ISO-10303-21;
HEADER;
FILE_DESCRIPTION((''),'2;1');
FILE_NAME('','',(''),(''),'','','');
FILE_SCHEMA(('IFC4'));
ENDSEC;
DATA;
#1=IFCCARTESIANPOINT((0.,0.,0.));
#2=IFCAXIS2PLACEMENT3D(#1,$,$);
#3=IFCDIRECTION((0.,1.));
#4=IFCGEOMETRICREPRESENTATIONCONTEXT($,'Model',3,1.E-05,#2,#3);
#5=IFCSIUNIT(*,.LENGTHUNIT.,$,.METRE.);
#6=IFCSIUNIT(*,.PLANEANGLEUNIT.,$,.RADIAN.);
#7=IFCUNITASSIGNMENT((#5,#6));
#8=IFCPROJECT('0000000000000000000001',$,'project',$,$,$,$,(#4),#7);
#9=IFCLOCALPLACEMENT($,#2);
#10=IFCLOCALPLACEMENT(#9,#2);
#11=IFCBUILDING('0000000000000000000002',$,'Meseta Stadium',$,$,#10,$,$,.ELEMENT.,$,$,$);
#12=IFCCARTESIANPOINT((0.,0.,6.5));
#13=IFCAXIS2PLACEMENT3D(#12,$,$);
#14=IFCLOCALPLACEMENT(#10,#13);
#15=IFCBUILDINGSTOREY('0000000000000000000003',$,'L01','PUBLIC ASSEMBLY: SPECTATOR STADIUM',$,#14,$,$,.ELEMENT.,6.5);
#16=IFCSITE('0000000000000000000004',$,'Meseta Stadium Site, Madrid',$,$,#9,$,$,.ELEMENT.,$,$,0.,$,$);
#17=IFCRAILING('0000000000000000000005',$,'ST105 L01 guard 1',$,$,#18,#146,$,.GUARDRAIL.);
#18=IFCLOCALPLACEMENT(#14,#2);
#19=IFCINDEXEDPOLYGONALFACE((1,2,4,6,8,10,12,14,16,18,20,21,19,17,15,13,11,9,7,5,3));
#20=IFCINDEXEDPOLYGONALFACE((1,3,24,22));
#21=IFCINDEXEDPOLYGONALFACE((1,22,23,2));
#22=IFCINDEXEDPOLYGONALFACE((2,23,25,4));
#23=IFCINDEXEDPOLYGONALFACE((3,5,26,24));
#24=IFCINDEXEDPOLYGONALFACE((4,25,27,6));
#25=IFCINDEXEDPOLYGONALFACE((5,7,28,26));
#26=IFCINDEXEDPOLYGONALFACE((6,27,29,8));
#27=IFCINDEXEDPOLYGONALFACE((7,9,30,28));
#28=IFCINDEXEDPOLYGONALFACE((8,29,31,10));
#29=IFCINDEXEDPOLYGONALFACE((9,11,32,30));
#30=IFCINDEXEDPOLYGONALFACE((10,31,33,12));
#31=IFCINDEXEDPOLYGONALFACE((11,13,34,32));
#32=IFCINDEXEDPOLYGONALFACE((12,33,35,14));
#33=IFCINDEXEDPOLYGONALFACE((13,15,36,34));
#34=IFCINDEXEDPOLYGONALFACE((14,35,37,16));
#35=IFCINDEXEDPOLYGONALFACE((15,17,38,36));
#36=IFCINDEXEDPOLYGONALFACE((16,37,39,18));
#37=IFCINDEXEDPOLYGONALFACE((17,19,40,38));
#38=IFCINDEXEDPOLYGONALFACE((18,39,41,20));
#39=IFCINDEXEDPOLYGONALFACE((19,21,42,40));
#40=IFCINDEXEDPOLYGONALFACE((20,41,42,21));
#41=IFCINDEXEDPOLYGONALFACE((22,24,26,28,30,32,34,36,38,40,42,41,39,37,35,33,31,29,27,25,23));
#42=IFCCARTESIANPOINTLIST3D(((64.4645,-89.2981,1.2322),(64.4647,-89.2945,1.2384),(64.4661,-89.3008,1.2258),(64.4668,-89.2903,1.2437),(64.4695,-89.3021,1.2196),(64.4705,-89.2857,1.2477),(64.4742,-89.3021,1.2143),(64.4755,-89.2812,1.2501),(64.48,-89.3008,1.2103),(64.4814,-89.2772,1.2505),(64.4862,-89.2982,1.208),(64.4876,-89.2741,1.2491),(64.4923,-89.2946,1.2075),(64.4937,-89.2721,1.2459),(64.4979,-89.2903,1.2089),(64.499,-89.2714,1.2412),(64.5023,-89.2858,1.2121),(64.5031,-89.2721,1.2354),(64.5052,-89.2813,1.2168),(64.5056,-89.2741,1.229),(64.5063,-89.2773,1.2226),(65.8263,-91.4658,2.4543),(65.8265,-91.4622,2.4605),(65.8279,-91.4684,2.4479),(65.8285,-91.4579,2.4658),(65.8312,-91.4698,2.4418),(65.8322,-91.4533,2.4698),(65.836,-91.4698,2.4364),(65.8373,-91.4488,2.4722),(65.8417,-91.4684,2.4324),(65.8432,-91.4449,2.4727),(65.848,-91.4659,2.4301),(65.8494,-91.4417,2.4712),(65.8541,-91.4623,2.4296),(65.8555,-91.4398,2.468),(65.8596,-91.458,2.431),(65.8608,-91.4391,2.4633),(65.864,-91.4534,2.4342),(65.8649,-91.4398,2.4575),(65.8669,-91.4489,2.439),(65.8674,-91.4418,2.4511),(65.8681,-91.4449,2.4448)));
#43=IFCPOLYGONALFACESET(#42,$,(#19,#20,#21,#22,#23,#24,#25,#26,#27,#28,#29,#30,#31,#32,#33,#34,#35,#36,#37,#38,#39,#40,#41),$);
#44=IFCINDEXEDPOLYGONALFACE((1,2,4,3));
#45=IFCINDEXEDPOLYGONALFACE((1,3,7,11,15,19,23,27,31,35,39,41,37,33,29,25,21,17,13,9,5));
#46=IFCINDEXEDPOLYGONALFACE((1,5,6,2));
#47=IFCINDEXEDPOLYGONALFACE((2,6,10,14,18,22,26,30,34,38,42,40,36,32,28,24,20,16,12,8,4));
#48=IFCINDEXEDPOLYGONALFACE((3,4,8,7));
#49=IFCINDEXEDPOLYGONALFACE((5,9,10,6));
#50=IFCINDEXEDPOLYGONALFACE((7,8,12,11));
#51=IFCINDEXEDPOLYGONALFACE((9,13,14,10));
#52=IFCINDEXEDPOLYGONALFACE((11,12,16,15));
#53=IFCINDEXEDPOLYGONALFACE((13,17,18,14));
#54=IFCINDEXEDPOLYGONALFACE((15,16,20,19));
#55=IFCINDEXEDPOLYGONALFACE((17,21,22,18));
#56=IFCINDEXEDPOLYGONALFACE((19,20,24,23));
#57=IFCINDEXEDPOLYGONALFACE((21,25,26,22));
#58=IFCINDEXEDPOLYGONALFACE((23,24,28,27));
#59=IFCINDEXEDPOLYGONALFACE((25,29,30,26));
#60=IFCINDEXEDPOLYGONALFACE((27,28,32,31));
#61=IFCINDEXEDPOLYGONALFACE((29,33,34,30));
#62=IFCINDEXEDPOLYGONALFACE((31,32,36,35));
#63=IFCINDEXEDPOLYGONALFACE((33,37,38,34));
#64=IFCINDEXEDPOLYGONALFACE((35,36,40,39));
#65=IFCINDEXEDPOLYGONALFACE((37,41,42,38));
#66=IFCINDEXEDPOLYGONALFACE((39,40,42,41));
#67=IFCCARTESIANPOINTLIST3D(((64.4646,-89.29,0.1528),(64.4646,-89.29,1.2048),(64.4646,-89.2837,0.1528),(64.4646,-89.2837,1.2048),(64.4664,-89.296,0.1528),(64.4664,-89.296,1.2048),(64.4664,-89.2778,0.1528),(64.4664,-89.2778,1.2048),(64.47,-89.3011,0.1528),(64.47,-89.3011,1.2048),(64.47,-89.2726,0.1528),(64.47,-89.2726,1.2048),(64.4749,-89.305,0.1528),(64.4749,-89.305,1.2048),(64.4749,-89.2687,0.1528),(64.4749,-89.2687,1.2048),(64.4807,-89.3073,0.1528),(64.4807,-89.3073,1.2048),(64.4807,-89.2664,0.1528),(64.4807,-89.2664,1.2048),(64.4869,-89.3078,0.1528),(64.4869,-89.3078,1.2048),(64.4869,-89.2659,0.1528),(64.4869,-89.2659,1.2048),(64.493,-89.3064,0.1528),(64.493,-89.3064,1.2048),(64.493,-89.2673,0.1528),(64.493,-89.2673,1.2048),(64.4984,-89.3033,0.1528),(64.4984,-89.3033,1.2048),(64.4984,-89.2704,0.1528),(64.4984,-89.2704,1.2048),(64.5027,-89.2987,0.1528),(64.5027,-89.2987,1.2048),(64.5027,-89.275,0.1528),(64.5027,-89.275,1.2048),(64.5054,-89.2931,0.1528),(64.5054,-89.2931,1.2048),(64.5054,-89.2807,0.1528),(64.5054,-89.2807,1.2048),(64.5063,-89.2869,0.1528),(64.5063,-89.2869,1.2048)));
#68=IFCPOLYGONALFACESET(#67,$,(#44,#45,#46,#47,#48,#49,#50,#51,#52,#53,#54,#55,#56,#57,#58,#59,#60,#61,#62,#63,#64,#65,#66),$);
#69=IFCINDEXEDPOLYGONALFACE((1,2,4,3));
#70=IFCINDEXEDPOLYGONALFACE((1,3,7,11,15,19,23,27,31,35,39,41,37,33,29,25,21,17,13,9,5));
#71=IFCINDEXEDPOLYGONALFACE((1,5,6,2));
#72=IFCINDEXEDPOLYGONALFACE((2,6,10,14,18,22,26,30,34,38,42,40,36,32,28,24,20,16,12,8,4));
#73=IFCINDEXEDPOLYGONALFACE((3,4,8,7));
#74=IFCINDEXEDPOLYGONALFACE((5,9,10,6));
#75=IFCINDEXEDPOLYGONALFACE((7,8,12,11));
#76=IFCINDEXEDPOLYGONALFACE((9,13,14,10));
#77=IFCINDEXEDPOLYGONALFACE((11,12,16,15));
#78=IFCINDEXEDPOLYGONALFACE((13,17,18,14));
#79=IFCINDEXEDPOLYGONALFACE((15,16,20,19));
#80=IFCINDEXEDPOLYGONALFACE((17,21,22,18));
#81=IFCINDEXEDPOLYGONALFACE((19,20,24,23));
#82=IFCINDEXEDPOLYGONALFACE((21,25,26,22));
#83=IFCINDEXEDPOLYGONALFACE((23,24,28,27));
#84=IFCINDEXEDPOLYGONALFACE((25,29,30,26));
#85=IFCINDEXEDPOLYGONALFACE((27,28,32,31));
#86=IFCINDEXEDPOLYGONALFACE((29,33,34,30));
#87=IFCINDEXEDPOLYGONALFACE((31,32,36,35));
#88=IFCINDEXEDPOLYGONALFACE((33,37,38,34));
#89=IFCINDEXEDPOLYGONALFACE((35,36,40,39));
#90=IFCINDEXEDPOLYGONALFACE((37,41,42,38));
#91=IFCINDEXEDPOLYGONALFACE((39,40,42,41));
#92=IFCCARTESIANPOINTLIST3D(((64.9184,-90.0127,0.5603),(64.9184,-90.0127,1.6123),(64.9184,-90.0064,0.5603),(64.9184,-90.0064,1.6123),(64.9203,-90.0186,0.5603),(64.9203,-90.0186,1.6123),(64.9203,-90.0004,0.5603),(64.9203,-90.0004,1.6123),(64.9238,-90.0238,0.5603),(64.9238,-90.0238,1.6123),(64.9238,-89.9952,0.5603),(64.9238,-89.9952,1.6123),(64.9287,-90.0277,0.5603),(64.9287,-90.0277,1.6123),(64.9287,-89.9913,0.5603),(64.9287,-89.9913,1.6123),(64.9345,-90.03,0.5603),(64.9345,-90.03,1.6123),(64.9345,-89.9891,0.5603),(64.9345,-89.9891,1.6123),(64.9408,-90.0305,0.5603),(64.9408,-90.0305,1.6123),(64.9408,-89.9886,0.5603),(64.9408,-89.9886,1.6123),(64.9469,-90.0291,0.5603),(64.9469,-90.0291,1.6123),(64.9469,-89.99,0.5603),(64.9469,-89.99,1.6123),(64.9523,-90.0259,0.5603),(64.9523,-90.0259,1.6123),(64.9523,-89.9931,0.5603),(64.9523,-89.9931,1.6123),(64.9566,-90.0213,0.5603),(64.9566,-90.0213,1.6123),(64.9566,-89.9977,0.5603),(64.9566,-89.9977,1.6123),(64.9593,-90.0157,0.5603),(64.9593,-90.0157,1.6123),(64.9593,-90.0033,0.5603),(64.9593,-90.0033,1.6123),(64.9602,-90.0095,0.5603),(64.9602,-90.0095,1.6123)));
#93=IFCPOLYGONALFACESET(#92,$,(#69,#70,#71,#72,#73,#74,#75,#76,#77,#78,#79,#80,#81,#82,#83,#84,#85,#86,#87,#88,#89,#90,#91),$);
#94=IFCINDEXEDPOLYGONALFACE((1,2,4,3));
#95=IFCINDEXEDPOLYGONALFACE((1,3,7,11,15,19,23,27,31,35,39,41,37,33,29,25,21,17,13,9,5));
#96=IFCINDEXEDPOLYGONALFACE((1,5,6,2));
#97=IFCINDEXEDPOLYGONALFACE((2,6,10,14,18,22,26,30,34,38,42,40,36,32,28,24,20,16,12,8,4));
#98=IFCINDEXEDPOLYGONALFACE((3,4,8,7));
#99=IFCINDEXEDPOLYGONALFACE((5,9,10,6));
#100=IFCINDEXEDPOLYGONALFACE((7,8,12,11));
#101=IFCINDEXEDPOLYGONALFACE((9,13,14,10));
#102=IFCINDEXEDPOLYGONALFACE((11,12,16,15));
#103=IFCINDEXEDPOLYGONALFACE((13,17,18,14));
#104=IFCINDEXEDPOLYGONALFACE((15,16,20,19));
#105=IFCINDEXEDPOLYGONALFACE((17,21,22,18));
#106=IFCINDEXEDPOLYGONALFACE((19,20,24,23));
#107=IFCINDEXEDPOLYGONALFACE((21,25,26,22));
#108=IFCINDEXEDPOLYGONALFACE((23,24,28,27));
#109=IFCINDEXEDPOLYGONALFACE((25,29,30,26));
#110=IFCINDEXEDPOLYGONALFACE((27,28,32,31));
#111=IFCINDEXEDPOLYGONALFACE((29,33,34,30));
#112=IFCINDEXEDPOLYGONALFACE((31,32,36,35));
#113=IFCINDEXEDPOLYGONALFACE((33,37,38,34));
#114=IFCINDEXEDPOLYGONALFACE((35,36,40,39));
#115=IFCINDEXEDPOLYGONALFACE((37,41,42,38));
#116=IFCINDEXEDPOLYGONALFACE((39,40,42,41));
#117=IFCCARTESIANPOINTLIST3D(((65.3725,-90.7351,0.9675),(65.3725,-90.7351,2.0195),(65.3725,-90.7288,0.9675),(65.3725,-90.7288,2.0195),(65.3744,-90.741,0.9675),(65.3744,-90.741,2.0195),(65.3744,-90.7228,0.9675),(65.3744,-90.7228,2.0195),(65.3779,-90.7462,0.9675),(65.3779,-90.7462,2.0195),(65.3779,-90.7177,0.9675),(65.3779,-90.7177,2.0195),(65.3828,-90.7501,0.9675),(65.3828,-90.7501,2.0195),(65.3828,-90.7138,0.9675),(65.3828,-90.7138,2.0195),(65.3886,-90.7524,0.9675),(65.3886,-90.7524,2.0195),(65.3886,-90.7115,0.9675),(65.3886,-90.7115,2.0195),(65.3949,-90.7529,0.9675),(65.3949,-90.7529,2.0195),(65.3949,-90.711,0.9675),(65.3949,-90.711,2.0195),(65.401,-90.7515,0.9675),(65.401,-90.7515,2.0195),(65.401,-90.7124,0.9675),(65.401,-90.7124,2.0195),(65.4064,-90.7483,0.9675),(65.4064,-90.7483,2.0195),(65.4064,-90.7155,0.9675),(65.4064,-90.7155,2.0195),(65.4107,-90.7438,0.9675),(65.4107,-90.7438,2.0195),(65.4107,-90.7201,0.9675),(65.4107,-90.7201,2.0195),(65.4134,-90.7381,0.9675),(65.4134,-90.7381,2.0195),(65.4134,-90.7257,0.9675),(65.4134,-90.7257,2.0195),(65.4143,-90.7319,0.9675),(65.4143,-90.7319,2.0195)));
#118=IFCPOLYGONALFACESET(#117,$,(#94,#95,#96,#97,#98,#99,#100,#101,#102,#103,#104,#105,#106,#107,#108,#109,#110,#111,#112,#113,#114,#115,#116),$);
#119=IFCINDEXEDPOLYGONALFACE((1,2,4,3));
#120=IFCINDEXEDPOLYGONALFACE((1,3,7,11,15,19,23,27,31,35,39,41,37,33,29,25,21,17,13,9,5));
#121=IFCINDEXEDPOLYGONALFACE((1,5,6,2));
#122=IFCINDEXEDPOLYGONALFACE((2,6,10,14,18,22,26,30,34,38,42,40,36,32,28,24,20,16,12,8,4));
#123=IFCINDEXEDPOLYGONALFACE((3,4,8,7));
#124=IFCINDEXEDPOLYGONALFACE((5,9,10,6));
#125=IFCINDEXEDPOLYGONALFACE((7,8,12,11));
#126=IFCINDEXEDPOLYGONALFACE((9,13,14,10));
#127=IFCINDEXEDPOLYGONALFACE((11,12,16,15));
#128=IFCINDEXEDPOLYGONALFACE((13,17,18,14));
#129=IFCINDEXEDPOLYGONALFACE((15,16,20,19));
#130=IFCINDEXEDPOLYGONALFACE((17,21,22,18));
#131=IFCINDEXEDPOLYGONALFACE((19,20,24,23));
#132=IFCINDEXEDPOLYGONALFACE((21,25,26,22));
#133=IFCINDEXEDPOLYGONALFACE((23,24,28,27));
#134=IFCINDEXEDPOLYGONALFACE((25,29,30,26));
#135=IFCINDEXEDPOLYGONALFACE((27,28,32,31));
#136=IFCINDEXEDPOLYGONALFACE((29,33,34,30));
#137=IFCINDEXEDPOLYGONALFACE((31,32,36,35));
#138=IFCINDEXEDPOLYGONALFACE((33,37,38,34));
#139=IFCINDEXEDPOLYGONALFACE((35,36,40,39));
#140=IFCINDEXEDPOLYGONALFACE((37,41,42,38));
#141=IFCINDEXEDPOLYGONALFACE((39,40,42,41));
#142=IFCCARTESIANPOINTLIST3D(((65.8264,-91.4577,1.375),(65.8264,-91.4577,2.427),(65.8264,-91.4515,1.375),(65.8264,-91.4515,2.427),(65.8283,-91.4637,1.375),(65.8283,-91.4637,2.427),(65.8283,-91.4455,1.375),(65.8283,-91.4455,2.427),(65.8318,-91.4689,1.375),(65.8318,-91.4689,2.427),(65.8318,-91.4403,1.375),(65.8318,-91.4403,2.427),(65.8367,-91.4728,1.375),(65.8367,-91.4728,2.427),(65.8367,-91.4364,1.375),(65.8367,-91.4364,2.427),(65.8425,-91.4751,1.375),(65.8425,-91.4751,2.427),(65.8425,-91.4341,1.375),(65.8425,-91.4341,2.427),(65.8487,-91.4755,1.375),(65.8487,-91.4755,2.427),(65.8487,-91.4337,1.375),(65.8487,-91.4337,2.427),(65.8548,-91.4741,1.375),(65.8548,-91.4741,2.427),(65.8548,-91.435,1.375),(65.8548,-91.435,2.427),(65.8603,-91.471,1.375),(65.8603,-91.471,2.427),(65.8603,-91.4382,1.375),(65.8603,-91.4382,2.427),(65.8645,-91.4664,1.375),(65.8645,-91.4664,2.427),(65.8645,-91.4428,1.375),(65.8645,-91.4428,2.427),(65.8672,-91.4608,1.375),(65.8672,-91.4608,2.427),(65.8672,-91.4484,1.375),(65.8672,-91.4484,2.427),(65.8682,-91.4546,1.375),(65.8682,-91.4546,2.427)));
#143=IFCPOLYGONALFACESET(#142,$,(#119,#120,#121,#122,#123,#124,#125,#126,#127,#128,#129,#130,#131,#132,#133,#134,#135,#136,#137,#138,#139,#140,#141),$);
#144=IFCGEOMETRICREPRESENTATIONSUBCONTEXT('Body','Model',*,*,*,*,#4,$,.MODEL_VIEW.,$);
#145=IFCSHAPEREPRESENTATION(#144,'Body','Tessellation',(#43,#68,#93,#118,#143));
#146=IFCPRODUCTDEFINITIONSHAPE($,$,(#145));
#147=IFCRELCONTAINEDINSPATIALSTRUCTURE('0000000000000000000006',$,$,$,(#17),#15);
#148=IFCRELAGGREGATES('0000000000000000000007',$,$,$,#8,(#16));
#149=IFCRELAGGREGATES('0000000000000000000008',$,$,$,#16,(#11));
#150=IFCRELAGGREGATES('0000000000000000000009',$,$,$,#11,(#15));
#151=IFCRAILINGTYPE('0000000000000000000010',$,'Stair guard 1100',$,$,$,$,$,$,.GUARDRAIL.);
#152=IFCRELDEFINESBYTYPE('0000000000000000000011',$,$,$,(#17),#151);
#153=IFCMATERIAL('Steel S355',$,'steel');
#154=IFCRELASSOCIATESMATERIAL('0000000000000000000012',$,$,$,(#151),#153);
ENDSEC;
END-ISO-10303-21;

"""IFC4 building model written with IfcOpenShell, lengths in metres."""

from ifc_helpers import new_model, si_unit, direction, frame, origin, origin_2d, place, context, subcontext, project, spatial, circle, extrude, material, type_object, element, save


model = new_model("IFC4")

# Units and contexts
model_context = context("Model", 3, precision=1e-05, world=origin(), true_north=direction((0.0, 1.0)))
body_context = subcontext(model_context, "Body", "Model", "MODEL_VIEW")
ifc_project = project(units=[si_unit("LENGTHUNIT", "METRE"), si_unit("PLANEANGLEUNIT", "RADIAN")], contexts=[model_context])

# Site, building, storey
site_placement = place(None, origin())
site = spatial("IfcSite", under=ifc_project, at=site_placement, Name="Meseta Stadium Site, Madrid", CompositionType="ELEMENT", RefElevation=0.0)
building_placement = place(site_placement, origin())
building = spatial("IfcBuilding", under=site, at=building_placement, Name="Meseta Stadium", CompositionType="ELEMENT")
storey_placement = place(building_placement, frame((0.0, 0.0, 6.5)))
storey = spatial("IfcBuildingStorey", under=building, at=storey_placement, Name="L01", Description="PUBLIC ASSEMBLY: SPECTATOR STADIUM", CompositionType="ELEMENT", Elevation=6.5)

# Railing
ifc_material_1 = material(Name="Steel S355", Category="steel")
railing_type_1 = type_object("IfcRailingType", Name="Stair guard 1100", PredefinedType="GUARDRAIL", material=ifc_material_1)
railing_1_placement = place(storey_placement, frame((64.4854, -89.2869, 0.1528)))
element("IfcRailing", 1, at=railing_1_placement, inside=storey, type_object=railing_type_1, Name="ST105 L01 guard 1", PredefinedType="GUARDRAIL", context=body_context, shape_type="SweptSolid", body=[
    extrude(circle(Radius=0.0239, at=origin_2d()), frame((0.0, 0.0, 1.0762), z_axis=(0.480059, -0.764152, 0.430831), x_axis=(0.846769, 0.531961, 0.0)), (0.0, 0.0, 1.0), 2.8367),
    extrude(circle(Radius=0.021, at=origin_2d()), origin(), (0.0, 0.0, 1.0), 1.052),
    extrude(circle(Radius=0.021, at=origin_2d()), frame((0.4539, -0.7227, 0.4075)), (0.0, 0.0, 1.0), 1.052),
    extrude(circle(Radius=0.021, at=origin_2d()), frame((0.908, -1.4451, 0.8147)), (0.0, 0.0, 1.0), 1.052),
    extrude(circle(Radius=0.021, at=origin_2d()), frame((1.3618, -2.1677, 1.2222)), (0.0, 0.0, 1.0), 1.052),
])

save(model, "model.ifc")
